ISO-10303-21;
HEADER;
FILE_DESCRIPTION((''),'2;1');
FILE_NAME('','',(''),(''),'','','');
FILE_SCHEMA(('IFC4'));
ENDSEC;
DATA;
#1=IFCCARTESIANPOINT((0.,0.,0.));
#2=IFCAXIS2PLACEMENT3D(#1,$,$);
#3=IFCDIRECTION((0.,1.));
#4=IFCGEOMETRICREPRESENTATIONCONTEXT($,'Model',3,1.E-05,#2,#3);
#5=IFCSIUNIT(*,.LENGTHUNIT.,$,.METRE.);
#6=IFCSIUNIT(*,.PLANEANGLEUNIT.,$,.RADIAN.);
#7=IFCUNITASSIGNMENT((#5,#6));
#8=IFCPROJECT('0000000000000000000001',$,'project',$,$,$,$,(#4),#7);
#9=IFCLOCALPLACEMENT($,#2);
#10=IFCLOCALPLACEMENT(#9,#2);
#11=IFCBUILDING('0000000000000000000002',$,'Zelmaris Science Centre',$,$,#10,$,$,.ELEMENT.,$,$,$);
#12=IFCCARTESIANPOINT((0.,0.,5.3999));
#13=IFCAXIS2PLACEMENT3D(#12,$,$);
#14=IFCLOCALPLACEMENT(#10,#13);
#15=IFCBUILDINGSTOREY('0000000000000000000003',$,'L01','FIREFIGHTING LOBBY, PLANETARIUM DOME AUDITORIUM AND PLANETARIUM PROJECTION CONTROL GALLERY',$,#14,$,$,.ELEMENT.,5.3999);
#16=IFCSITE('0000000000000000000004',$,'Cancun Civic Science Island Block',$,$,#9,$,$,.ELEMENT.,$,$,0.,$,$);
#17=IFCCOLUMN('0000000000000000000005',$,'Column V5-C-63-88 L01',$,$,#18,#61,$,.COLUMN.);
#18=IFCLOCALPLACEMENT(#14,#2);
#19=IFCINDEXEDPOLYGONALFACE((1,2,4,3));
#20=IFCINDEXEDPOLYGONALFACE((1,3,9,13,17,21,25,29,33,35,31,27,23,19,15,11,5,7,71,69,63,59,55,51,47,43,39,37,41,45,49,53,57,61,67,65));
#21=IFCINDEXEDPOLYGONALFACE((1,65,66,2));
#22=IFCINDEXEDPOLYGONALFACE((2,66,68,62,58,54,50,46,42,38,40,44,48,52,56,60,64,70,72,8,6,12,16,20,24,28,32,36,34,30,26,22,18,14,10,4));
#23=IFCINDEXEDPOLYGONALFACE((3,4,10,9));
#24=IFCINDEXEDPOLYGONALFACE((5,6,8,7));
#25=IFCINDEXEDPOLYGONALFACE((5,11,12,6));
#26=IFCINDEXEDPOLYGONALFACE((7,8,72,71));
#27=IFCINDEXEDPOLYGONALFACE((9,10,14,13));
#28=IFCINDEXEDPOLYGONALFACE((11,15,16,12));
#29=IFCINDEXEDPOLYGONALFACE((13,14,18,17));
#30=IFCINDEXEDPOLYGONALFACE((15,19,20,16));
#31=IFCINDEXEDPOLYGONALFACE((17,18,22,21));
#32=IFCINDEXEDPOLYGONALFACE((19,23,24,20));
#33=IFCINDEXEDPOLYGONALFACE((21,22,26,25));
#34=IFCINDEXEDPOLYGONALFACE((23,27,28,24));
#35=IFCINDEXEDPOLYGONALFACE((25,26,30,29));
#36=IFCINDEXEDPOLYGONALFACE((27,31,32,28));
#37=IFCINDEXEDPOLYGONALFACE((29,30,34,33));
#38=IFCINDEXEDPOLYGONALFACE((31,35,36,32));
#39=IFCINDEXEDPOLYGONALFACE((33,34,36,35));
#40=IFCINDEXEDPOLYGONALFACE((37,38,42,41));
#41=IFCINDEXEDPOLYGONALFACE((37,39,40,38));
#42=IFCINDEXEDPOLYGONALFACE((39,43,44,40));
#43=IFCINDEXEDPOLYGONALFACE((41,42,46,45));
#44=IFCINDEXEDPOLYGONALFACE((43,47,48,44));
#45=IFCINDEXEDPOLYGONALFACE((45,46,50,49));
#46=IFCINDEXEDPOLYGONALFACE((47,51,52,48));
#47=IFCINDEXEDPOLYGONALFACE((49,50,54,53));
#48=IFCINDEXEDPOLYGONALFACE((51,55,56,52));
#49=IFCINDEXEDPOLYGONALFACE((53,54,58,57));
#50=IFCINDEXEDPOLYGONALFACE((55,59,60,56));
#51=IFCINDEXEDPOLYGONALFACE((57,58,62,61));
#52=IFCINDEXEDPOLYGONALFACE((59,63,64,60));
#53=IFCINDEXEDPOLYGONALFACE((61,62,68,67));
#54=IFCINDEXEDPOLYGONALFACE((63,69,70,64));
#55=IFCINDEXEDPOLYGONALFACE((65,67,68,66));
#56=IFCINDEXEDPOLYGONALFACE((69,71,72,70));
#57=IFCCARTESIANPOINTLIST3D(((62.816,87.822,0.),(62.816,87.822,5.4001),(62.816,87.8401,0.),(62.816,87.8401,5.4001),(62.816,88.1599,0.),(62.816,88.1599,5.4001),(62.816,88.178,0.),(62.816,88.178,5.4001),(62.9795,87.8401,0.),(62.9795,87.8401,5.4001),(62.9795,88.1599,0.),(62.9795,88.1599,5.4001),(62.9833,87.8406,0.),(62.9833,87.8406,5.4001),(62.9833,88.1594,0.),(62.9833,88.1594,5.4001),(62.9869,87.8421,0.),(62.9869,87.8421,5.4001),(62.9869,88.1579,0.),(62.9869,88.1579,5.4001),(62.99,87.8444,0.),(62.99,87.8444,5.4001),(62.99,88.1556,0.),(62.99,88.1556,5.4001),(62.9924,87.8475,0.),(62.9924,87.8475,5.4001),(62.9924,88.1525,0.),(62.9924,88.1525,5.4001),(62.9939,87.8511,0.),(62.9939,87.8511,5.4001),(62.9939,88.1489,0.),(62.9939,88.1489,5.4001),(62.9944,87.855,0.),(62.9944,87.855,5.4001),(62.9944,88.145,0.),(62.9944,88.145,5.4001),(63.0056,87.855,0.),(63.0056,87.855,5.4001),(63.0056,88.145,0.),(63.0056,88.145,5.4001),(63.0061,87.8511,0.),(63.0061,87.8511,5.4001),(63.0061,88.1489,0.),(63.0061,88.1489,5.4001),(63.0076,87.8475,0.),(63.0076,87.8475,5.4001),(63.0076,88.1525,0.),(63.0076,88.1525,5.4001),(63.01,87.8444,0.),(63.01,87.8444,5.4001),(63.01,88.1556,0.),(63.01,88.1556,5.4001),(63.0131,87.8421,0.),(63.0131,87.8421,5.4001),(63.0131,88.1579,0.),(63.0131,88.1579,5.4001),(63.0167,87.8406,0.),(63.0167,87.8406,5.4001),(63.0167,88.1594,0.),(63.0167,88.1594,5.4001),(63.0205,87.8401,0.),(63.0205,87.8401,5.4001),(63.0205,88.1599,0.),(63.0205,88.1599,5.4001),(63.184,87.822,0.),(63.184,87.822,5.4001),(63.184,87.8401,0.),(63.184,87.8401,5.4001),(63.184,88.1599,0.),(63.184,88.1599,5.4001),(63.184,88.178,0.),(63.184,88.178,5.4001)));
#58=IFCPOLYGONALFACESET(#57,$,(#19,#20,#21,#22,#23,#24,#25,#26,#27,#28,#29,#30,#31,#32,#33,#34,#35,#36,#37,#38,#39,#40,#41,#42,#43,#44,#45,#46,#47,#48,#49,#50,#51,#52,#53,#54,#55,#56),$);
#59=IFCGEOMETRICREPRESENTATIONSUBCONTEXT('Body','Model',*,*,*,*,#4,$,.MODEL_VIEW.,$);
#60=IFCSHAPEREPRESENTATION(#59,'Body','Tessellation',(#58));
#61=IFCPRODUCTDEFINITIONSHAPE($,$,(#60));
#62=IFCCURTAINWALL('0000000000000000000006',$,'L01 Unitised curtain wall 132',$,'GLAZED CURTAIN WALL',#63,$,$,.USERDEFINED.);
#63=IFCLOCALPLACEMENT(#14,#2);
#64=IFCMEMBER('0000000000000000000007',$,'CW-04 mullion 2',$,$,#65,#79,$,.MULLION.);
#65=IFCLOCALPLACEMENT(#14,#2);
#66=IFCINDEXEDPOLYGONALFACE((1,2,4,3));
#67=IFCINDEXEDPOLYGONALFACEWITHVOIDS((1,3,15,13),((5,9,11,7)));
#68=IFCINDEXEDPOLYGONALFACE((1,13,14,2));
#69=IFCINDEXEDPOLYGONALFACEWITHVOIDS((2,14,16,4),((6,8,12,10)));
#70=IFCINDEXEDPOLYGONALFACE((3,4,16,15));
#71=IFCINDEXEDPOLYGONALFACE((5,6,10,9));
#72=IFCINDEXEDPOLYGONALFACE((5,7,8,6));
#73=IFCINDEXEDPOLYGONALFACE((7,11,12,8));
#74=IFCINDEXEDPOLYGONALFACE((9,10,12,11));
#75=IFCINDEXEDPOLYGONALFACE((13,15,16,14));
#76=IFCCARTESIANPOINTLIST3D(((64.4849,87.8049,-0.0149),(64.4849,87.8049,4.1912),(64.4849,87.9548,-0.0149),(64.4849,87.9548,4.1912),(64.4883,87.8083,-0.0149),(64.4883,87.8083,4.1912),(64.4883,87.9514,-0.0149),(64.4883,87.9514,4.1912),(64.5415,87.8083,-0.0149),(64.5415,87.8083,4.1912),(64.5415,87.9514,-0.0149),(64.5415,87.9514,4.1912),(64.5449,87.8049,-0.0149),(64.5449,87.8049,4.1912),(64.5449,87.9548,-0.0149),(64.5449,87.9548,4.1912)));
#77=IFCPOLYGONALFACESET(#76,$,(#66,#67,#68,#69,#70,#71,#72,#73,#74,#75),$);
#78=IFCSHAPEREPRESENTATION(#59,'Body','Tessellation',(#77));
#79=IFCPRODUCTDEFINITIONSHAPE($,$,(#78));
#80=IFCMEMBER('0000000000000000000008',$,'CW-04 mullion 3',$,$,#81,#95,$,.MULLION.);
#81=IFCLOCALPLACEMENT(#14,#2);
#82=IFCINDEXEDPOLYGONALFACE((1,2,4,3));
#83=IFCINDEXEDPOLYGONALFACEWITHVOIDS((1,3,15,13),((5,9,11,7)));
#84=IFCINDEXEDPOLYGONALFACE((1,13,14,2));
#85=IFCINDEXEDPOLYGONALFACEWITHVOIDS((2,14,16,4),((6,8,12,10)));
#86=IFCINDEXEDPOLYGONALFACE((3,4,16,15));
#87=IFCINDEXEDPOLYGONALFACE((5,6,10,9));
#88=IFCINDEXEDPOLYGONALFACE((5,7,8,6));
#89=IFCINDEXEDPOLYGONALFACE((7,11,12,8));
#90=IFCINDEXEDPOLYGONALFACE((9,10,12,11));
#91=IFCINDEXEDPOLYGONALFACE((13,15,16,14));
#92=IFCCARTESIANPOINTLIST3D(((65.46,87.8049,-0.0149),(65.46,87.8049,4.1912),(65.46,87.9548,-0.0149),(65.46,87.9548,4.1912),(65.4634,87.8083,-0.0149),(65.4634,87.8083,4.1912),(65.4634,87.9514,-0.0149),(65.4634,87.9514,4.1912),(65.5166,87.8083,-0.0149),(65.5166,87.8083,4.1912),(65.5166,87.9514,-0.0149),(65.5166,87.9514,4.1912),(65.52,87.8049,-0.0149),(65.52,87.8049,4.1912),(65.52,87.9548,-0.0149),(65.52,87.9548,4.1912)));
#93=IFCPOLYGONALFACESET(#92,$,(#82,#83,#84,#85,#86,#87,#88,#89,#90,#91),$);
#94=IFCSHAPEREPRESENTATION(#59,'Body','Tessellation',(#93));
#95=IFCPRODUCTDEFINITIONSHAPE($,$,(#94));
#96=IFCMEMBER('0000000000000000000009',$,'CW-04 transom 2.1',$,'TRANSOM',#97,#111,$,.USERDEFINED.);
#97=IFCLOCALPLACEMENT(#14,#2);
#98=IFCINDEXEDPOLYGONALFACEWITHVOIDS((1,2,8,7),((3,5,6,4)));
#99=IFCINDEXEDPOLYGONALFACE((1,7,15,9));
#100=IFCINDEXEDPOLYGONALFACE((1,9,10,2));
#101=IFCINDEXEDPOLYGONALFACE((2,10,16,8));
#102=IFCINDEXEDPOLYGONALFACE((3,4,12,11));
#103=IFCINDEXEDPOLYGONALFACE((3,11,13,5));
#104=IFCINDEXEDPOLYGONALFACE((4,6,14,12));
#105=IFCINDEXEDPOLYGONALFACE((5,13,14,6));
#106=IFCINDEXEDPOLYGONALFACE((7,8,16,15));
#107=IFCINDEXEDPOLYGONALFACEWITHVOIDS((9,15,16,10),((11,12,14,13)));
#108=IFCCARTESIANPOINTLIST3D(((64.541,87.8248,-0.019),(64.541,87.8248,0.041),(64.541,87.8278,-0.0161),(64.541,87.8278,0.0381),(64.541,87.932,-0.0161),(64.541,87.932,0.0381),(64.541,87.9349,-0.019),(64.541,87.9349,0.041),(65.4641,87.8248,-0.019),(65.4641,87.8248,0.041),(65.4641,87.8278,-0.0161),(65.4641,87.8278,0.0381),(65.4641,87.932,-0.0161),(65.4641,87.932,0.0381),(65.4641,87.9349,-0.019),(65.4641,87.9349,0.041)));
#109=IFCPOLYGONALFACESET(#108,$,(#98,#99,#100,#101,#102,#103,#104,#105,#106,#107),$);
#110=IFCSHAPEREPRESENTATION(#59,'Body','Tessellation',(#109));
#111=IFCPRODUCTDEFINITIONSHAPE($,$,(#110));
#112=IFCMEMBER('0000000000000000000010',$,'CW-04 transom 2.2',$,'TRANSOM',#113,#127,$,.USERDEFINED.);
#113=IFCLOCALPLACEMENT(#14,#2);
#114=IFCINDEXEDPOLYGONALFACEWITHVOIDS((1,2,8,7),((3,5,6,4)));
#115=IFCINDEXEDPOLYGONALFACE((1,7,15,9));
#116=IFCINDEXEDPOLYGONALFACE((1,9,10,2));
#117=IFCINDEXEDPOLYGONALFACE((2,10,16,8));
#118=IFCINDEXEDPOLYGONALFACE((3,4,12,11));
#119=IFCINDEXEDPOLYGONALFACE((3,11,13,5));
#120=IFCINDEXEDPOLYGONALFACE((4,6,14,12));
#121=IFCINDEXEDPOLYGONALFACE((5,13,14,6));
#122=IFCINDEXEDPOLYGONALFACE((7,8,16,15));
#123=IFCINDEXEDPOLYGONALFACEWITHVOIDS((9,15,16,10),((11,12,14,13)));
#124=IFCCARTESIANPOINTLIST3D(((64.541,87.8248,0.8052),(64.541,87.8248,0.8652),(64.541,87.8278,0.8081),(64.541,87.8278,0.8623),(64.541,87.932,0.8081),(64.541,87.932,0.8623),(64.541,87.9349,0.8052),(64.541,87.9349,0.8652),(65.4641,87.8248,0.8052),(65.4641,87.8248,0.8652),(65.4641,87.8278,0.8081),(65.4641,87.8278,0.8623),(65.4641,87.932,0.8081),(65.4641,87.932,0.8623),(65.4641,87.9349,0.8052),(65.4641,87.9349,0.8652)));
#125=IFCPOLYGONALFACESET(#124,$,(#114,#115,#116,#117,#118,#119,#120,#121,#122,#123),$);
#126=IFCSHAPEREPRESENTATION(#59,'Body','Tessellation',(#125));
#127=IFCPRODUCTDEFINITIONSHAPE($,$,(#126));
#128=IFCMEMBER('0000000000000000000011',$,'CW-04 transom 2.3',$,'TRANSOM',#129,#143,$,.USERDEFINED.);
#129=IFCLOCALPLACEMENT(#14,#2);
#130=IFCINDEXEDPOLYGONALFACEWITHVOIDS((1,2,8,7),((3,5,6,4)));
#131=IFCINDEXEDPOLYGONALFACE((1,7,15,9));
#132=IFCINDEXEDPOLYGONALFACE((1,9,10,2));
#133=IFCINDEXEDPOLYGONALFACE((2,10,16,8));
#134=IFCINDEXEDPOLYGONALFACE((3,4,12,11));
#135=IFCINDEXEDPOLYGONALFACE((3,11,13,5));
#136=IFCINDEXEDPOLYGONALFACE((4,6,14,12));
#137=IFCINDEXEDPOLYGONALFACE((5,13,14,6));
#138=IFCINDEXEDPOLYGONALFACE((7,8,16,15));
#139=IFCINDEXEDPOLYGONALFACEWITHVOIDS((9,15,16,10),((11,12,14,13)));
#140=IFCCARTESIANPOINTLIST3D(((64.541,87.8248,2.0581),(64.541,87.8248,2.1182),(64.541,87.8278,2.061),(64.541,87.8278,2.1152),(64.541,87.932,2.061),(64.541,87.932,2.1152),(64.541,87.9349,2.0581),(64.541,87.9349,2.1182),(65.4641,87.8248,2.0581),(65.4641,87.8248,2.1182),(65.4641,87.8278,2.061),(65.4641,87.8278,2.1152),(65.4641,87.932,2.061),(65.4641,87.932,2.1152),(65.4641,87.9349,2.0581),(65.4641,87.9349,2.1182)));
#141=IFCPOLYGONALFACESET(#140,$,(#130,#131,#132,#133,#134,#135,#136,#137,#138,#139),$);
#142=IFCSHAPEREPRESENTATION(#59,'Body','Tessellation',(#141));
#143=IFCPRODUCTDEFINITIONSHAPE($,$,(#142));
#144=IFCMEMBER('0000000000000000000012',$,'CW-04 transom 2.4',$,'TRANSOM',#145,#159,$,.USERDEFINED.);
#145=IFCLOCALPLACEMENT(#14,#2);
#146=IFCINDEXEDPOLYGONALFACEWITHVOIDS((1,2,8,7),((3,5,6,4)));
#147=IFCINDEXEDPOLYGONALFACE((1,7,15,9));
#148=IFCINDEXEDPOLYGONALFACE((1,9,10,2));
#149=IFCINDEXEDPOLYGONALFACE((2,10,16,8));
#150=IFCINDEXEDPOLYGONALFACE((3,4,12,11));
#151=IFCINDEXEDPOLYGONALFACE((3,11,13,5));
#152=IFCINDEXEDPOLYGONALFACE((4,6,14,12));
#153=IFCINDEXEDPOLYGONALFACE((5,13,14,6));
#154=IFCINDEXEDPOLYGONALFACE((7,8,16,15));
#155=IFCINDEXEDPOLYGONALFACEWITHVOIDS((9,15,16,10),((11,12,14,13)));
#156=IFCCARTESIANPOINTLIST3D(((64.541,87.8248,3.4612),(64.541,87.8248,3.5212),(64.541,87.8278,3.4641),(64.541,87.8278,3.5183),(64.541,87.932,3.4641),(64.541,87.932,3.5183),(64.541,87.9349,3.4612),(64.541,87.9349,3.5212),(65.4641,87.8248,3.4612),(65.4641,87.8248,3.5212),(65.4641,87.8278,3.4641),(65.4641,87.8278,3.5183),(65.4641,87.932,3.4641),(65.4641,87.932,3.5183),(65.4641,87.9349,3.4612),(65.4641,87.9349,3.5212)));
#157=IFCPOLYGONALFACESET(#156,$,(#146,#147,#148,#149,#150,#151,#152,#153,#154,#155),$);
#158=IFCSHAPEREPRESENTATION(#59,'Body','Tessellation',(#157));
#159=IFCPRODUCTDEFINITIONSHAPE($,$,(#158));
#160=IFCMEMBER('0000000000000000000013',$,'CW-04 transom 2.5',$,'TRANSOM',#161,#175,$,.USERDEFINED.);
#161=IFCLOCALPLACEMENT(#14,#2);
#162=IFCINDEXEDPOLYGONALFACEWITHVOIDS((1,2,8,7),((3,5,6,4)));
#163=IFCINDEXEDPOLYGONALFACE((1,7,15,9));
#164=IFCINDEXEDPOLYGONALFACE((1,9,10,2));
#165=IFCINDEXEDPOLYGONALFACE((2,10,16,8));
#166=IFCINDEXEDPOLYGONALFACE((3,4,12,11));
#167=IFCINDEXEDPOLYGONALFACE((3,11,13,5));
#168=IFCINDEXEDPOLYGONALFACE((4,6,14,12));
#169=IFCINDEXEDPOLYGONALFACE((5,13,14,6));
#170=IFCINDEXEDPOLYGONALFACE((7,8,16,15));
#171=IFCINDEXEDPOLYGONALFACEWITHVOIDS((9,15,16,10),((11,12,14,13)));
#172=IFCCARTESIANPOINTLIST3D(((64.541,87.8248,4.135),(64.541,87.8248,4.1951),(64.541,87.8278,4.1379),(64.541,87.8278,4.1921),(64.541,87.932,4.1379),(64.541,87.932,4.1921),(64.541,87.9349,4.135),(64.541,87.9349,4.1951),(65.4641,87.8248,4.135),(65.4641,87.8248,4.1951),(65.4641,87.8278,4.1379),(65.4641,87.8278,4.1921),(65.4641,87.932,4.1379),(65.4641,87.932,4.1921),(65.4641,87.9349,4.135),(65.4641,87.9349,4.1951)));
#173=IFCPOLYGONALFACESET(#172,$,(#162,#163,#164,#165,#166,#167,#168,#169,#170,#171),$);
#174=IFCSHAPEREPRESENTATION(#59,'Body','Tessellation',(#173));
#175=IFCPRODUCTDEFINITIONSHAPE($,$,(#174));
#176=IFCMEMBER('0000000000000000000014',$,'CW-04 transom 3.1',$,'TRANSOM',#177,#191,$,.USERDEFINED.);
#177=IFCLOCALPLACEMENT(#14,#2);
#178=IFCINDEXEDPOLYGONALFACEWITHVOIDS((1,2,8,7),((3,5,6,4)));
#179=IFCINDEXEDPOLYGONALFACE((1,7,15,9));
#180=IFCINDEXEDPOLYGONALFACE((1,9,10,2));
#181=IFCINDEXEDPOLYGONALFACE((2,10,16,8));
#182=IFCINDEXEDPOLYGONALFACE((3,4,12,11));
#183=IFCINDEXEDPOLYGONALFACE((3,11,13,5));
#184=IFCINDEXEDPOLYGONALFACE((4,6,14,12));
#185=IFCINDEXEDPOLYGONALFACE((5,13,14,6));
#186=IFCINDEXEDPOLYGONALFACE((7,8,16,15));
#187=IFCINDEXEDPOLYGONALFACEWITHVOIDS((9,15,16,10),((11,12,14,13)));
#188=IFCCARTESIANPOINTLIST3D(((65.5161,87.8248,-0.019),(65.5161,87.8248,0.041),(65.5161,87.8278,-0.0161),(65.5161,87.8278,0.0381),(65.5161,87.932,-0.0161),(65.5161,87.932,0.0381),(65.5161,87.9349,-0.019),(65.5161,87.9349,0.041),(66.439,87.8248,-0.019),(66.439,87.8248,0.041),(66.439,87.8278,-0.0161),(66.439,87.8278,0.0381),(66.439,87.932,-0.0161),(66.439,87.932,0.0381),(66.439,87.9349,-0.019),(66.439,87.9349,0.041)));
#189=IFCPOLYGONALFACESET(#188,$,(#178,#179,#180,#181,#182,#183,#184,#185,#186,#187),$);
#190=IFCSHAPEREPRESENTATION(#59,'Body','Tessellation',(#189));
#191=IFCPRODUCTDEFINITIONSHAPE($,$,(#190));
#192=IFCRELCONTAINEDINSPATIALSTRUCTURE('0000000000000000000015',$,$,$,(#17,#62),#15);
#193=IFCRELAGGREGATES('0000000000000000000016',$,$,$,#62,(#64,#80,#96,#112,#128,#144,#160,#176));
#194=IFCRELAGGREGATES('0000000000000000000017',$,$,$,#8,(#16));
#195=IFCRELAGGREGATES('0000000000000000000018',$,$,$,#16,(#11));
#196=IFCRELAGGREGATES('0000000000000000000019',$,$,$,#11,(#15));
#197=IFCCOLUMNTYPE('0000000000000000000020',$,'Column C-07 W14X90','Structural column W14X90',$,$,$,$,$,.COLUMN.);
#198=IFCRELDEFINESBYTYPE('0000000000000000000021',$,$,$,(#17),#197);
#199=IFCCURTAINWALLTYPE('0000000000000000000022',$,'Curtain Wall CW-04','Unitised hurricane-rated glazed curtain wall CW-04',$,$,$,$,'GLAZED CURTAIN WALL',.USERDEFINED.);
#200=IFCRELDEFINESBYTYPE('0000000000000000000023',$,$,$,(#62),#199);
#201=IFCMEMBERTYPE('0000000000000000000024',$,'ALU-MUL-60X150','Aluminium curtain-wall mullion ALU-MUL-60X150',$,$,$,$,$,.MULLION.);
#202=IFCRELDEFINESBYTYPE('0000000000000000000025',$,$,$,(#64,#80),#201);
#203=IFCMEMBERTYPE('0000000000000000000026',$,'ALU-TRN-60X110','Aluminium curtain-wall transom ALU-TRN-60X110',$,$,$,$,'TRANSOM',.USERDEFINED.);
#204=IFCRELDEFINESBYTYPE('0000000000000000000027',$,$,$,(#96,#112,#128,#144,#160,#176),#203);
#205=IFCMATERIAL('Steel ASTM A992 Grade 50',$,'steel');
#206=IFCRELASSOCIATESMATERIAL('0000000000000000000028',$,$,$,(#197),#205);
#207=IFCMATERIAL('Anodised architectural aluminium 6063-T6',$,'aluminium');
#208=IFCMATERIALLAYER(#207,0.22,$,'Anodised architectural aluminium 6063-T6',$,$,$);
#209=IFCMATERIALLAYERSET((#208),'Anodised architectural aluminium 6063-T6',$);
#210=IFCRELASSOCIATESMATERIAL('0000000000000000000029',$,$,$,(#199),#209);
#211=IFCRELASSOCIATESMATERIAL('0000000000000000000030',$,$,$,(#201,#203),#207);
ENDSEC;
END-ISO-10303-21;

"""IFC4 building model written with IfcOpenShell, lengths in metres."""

from ifc_helpers import new_model, si_unit, direction, frame, origin, origin_2d, place, context, subcontext, project, spatial, hollow_rectangle, i_section, extrude, material, layer, layer_set, material_profile, profile_set, type_object, element, aggregate, save


model = new_model("IFC4")

# Units and contexts
model_context = context("Model", 3, precision=1e-05, world=origin(), true_north=direction((0.0, 1.0)))
body_context = subcontext(model_context, "Body", "Model", "MODEL_VIEW")
ifc_project = project(units=[si_unit("LENGTHUNIT", "METRE"), si_unit("PLANEANGLEUNIT", "RADIAN")], contexts=[model_context])

# Site, building, storey
site_placement = place(None, origin())
site = spatial("IfcSite", under=ifc_project, at=site_placement, Name="Cancun Civic Science Island Block", CompositionType="ELEMENT", RefElevation=0.0)
building_placement = place(site_placement, origin())
building = spatial("IfcBuilding", under=site, at=building_placement, Name="Zelmaris Science Centre", CompositionType="ELEMENT")
storey_placement = place(building_placement, frame((0.0, 0.0, 5.3999)))
storey = spatial("IfcBuildingStorey", under=building, at=storey_placement, Name="L01", Description="FIREFIGHTING LOBBY, PLANETARIUM DOME AUDITORIUM AND PLANETARIUM PROJECTION CONTROL GALLERY", CompositionType="ELEMENT", Elevation=5.3999)

# Column
ifc_material_1 = material(Name="Steel ASTM A992 Grade 50", Category="steel")
ifc_material_profile_1 = material_profile(ifc_material_1, i_section(OverallWidth=0.3679, OverallDepth=0.356, WebThickness=0.0112, FlangeThickness=0.0181, FilletRadius=0.0149, at=origin_2d()), Name="W14X90")
ifc_profile_set_1 = profile_set([ifc_material_profile_1], Name="Steel ASTM A992 Grade 50")
column_type = type_object("IfcColumnType", Name="Column C-07 W14X90", Description="Structural column W14X90", PredefinedType="COLUMN", material=ifc_profile_set_1)
column_placement = place(storey_placement, frame((63.0, 88.0, 0.0), z_axis=(0.0, 0.0, 1.0), x_axis=(1.0, 0.0, 0.0)))
element("IfcColumn", 1, at=column_placement, inside=storey, type_object=column_type, Name="Column V5-C-63-88 L01", PredefinedType="COLUMN", context=body_context, shape_type="SweptSolid", body=[
    extrude(i_section(OverallWidth=0.3679, OverallDepth=0.356, WebThickness=0.0112, FlangeThickness=0.0181, FilletRadius=0.0149, at=origin_2d()), origin(), (0.0, 0.0, 1.0), 5.4001),
])

# Curtain wall, members
ifc_material_2 = material(Name="Anodised architectural aluminium 6063-T6", Category="aluminium")
ifc_layer_1 = layer(ifc_material_2, 0.22, Name="Anodised architectural aluminium 6063-T6")
ifc_layer_set_1 = layer_set([ifc_layer_1], Name="Anodised architectural aluminium 6063-T6")
curtain_wall_type = type_object("IfcCurtainWallType", Name="Curtain Wall CW-04", Description="Unitised hurricane-rated glazed curtain wall CW-04", ElementType="GLAZED CURTAIN WALL", PredefinedType="USERDEFINED", material=ifc_layer_set_1)
curtain_wall_placement = place(storey_placement, origin())
curtain_wall = element("IfcCurtainWall", 2, at=curtain_wall_placement, inside=storey, type_object=curtain_wall_type, Name="L01 Unitised curtain wall 132", ObjectType="GLAZED CURTAIN WALL", PredefinedType="USERDEFINED")
ifc_material_profile_2 = material_profile(ifc_material_2, hollow_rectangle(XDim=0.0601, YDim=0.1499, WallThickness=0.0034, at=origin_2d()), Name="ALU-MUL-60X150")
ifc_profile_set_2 = profile_set([ifc_material_profile_2], Name="Anodised architectural aluminium 6063-T6")
member_type_1 = type_object("IfcMemberType", Name="ALU-MUL-60X150", Description="Aluminium curtain-wall mullion ALU-MUL-60X150", PredefinedType="MULLION", material=ifc_profile_set_2)
member_1_placement = place(storey_placement, frame((64.5149, 87.8799, -0.0149), z_axis=(0.0, 0.0, 1.0), x_axis=(1.0, 0.0, 0.0)))
member_1 = element("IfcMember", 3, at=member_1_placement, type_object=member_type_1, Name="CW-04 mullion 2", PredefinedType="MULLION", context=body_context, shape_type="SweptSolid", body=[
    extrude(hollow_rectangle(XDim=0.0601, YDim=0.1499, WallThickness=0.0034, at=origin_2d()), origin(), (0.0, 0.0, 1.0), 4.2061),
])
member_2_placement = place(storey_placement, frame((65.49, 87.8799, -0.0149), z_axis=(0.0, 0.0, 1.0), x_axis=(1.0, 0.0, 0.0)))
member_2 = element("IfcMember", 4, at=member_2_placement, type_object=member_type_1, Name="CW-04 mullion 3", PredefinedType="MULLION", context=body_context, shape_type="SweptSolid", body=[
    extrude(hollow_rectangle(XDim=0.0601, YDim=0.1499, WallThickness=0.0034, at=origin_2d()), origin(), (0.0, 0.0, 1.0), 4.2061),
])
ifc_material_profile_3 = material_profile(ifc_material_2, hollow_rectangle(XDim=0.0601, YDim=0.1101, WallThickness=0.0029, at=origin_2d()), Name="ALU-TRN-60X110")
ifc_profile_set_3 = profile_set([ifc_material_profile_3], Name="Anodised architectural aluminium 6063-T6")
member_type_2 = type_object("IfcMemberType", Name="ALU-TRN-60X110", Description="Aluminium curtain-wall transom ALU-TRN-60X110", ElementType="TRANSOM", PredefinedType="USERDEFINED", material=ifc_profile_set_3)
member_3_placement = place(storey_placement, frame((64.541, 87.8799, 0.011), z_axis=(1.0, 0.0, 0.0), x_axis=(0.0, 0.0, 1.0)))
member_3 = element("IfcMember", 5, at=member_3_placement, type_object=member_type_2, Name="CW-04 transom 2.1", ObjectType="TRANSOM", PredefinedType="USERDEFINED", context=body_context, shape_type="SweptSolid", body=[
    extrude(hollow_rectangle(XDim=0.0601, YDim=0.1101, WallThickness=0.0029, at=origin_2d()), origin(), (0.0, 0.0, 1.0), 0.9231),
])
member_4_placement = place(storey_placement, frame((64.541, 87.8799, 0.8352), z_axis=(1.0, 0.0, 0.0), x_axis=(0.0, 0.0, 1.0)))
member_4 = element("IfcMember", 6, at=member_4_placement, type_object=member_type_2, Name="CW-04 transom 2.2", ObjectType="TRANSOM", PredefinedType="USERDEFINED", context=body_context, shape_type="SweptSolid", body=[
    extrude(hollow_rectangle(XDim=0.0601, YDim=0.1101, WallThickness=0.0029, at=origin_2d()), origin(), (0.0, 0.0, 1.0), 0.9231),
])
member_5_placement = place(storey_placement, frame((64.541, 87.8799, 2.0881), z_axis=(1.0, 0.0, 0.0), x_axis=(0.0, 0.0, 1.0)))
member_5 = element("IfcMember", 7, at=member_5_placement, type_object=member_type_2, Name="CW-04 transom 2.3", ObjectType="TRANSOM", PredefinedType="USERDEFINED", context=body_context, shape_type="SweptSolid", body=[
    extrude(hollow_rectangle(XDim=0.0601, YDim=0.1101, WallThickness=0.0029, at=origin_2d()), origin(), (0.0, 0.0, 1.0), 0.9231),
])
member_6_placement = place(storey_placement, frame((64.541, 87.8799, 3.4912), z_axis=(1.0, 0.0, 0.0), x_axis=(0.0, 0.0, 1.0)))
member_6 = element("IfcMember", 8, at=member_6_placement, type_object=member_type_2, Name="CW-04 transom 2.4", ObjectType="TRANSOM", PredefinedType="USERDEFINED", context=body_context, shape_type="SweptSolid", body=[
    extrude(hollow_rectangle(XDim=0.0601, YDim=0.1101, WallThickness=0.0029, at=origin_2d()), origin(), (0.0, 0.0, 1.0), 0.9231),
])
member_7_placement = place(storey_placement, frame((64.541, 87.8799, 4.165), z_axis=(1.0, 0.0, 0.0), x_axis=(0.0, 0.0, 1.0)))
member_7 = element("IfcMember", 9, at=member_7_placement, type_object=member_type_2, Name="CW-04 transom 2.5", ObjectType="TRANSOM", PredefinedType="USERDEFINED", context=body_context, shape_type="SweptSolid", body=[
    extrude(hollow_rectangle(XDim=0.0601, YDim=0.1101, WallThickness=0.0029, at=origin_2d()), origin(), (0.0, 0.0, 1.0), 0.9231),
])
member_8_placement = place(storey_placement, frame((65.5161, 87.8799, 0.011), z_axis=(1.0, 0.0, 0.0), x_axis=(0.0, 0.0, 1.0)))
member_8 = element("IfcMember", 10, at=member_8_placement, type_object=member_type_2, Name="CW-04 transom 3.1", ObjectType="TRANSOM", PredefinedType="USERDEFINED", context=body_context, shape_type="SweptSolid", body=[
    extrude(hollow_rectangle(XDim=0.0601, YDim=0.1101, WallThickness=0.0029, at=origin_2d()), origin(), (0.0, 0.0, 1.0), 0.9229),
])

aggregate(curtain_wall, [member_1, member_2, member_3, member_4, member_5, member_6, member_7, member_8])

save(model, "model.ifc")
